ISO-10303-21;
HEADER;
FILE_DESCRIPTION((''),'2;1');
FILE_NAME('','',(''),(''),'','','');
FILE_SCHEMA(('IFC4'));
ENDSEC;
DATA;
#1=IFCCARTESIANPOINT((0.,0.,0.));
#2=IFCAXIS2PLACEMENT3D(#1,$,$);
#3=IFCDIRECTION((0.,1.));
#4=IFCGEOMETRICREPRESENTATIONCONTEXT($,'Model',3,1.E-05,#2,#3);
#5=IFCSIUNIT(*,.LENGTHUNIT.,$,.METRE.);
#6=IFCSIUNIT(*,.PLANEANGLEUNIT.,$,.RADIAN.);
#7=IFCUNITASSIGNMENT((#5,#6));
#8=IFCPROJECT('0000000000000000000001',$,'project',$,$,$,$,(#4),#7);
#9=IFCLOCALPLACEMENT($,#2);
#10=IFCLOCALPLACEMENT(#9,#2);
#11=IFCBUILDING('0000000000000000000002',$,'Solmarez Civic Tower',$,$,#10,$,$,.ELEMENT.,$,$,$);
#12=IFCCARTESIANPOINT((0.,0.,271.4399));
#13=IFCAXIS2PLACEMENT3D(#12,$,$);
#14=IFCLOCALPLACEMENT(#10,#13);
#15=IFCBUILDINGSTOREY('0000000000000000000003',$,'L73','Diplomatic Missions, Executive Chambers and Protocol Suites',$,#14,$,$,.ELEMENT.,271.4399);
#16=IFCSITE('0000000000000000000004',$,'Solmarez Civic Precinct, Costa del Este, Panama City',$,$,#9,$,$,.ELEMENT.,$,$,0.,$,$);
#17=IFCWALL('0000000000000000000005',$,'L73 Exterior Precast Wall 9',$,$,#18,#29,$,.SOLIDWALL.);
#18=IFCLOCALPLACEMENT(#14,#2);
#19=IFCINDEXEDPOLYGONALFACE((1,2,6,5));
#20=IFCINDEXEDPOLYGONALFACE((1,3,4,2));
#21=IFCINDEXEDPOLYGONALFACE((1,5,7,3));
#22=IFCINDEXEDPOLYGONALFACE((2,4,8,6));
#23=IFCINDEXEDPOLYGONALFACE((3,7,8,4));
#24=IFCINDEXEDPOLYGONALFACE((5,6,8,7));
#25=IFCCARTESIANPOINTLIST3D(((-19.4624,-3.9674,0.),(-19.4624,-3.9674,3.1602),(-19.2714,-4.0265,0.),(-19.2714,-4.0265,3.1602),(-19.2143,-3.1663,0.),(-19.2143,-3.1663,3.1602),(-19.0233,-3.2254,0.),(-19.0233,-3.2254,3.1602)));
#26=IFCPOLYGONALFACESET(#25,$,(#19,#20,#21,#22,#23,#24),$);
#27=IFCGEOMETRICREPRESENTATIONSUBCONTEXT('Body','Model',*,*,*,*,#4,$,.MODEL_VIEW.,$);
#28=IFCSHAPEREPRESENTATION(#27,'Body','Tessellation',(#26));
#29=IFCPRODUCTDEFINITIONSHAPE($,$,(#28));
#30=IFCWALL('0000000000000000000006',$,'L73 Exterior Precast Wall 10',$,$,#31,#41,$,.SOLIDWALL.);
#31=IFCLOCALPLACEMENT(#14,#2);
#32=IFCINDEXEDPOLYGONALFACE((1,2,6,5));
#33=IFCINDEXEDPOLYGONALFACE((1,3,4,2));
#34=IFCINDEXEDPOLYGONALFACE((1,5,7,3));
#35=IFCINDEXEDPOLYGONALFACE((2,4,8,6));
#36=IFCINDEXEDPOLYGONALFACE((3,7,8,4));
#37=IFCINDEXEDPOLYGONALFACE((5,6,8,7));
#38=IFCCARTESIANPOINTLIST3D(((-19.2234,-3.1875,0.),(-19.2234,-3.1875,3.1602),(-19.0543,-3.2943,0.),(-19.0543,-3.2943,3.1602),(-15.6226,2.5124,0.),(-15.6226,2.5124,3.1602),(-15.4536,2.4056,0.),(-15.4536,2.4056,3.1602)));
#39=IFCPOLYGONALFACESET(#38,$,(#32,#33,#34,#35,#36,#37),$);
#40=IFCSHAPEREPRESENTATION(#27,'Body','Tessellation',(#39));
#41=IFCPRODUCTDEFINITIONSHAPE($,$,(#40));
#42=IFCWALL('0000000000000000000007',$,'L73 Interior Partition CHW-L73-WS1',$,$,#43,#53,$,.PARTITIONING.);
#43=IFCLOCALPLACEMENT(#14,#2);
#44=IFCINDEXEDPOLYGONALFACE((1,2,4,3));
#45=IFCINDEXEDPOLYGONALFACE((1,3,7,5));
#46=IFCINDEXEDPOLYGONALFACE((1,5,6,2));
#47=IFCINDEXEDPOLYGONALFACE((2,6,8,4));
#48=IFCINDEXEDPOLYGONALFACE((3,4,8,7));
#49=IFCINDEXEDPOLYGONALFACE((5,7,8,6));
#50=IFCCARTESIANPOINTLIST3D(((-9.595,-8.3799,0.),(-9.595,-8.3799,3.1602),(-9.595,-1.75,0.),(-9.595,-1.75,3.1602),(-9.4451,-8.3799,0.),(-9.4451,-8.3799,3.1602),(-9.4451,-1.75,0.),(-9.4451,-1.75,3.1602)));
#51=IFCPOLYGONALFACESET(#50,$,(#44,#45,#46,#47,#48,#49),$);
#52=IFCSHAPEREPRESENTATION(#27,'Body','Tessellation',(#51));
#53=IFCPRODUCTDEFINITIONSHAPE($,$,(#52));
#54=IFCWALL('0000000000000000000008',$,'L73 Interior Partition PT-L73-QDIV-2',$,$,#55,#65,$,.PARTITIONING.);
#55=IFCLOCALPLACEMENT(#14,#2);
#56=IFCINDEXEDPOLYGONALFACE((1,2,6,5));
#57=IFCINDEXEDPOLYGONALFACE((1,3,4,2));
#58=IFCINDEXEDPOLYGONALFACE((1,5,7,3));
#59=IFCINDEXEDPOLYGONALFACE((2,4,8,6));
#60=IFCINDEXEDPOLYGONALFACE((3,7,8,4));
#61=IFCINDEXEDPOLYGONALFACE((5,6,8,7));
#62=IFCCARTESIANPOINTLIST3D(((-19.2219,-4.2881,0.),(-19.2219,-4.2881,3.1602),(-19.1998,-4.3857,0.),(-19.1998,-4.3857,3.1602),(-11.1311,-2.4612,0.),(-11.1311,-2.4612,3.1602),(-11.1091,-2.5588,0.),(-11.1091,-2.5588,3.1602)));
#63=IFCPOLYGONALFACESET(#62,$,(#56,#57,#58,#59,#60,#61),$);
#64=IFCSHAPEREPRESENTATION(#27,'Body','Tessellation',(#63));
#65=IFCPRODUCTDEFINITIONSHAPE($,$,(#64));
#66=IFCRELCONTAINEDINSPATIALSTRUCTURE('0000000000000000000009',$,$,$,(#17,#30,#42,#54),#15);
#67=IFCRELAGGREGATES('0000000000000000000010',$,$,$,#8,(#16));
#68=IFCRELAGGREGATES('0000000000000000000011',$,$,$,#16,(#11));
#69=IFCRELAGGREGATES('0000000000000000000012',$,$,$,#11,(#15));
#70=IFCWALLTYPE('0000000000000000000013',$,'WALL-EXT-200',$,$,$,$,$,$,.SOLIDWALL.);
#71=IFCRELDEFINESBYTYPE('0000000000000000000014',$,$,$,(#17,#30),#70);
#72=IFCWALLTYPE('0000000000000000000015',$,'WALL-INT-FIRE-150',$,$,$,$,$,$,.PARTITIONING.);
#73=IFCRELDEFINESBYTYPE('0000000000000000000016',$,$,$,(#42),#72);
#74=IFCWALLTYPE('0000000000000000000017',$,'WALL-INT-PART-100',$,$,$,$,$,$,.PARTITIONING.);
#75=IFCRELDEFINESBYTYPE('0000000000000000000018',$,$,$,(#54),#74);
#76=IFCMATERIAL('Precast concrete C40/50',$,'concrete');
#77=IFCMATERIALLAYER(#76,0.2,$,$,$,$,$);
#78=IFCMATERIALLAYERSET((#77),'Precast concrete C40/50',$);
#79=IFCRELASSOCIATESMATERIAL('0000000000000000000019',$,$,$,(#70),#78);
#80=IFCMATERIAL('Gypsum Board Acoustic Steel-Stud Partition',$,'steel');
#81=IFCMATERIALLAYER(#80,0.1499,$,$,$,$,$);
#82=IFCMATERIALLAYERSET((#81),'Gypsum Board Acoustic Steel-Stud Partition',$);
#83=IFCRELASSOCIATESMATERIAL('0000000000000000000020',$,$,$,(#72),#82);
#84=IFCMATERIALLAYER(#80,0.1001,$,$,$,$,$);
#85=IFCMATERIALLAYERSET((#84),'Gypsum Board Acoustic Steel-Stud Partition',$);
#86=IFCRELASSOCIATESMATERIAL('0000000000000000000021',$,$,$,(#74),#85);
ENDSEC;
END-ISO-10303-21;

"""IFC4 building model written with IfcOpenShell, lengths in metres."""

from ifc_helpers import new_model, si_unit, direction, frame, frame_2d, origin, place, context, subcontext, project, spatial, rectangle, extrude, material, layer, layer_set, type_object, element, save


model = new_model("IFC4")

# Units and contexts
model_context = context("Model", 3, precision=1e-05, world=origin(), true_north=direction((0.0, 1.0)))
body_context = subcontext(model_context, "Body", "Model", "MODEL_VIEW")
ifc_project = project(units=[si_unit("LENGTHUNIT", "METRE"), si_unit("PLANEANGLEUNIT", "RADIAN")], contexts=[model_context])

# Site, building, storey
site_placement = place(None, origin())
site = spatial("IfcSite", under=ifc_project, at=site_placement, Name="Solmarez Civic Precinct, Costa del Este, Panama City", CompositionType="ELEMENT", RefElevation=0.0)
building_placement = place(site_placement, origin())
building = spatial("IfcBuilding", under=site, at=building_placement, Name="Solmarez Civic Tower", CompositionType="ELEMENT")
storey_placement = place(building_placement, frame((0.0, 0.0, 271.4399)))
storey = spatial("IfcBuildingStorey", under=building, at=storey_placement, Name="L73", Description="Diplomatic Missions, Executive Chambers and Protocol Suites", CompositionType="ELEMENT", Elevation=271.4399)

# Walls
ifc_material_1 = material(Name="Precast concrete C40/50", Category="concrete")
ifc_layer_1 = layer(ifc_material_1, 0.2)
ifc_layer_set_1 = layer_set([ifc_layer_1], Name="Precast concrete C40/50")
wall_type_1 = type_object("IfcWallType", Name="WALL-EXT-200", PredefinedType="SOLIDWALL", material=ifc_layer_set_1)
wall_1_placement = place(storey_placement, frame((-19.3669, -3.9971, 0.0), z_axis=(0.0, 0.0, 1.0), x_axis=(0.295804, 0.955249, 0.0)))
element("IfcWall", 1, at=wall_1_placement, inside=storey, type_object=wall_type_1, Name="L73 Exterior Precast Wall 9", PredefinedType="SOLIDWALL", context=body_context, shape_type="SweptSolid", body=[
    extrude(rectangle(XDim=0.8386, YDim=0.2, at=frame_2d((0.4194, 0.0))), origin(), (0.0, 0.0, 1.0), 3.1602),
])
wall_2_placement = place(storey_placement, frame((-19.1389, -3.241, 0.0), z_axis=(0.0, 0.0, 1.0), x_axis=(0.534084, 0.845431, 0.0)))
element("IfcWall", 2, at=wall_2_placement, inside=storey, type_object=wall_type_1, Name="L73 Exterior Precast Wall 10", PredefinedType="SOLIDWALL", context=body_context, shape_type="SweptSolid", body=[
    extrude(rectangle(XDim=6.7419, YDim=0.2, at=frame_2d((3.3711, 0.0))), origin(), (0.0, 0.0, 1.0), 3.1602),
])
ifc_material_2 = material(Name="Gypsum Board Acoustic Steel-Stud Partition", Category="steel")
ifc_layer_2 = layer(ifc_material_2, 0.1499)
ifc_layer_set_2 = layer_set([ifc_layer_2], Name="Gypsum Board Acoustic Steel-Stud Partition")
wall_type_2 = type_object("IfcWallType", Name="WALL-INT-FIRE-150", PredefinedType="PARTITIONING", material=ifc_layer_set_2)
wall_3_placement = place(storey_placement, frame((-9.52, -8.3799, 0.0), z_axis=(0.0, 0.0, 1.0), x_axis=(0.0, 1.0, 0.0)))
element("IfcWall", 3, at=wall_3_placement, inside=storey, type_object=wall_type_2, Name="L73 Interior Partition CHW-L73-WS1", PredefinedType="PARTITIONING", context=body_context, shape_type="SweptSolid", body=[
    extrude(rectangle(XDim=6.6299, YDim=0.1499, at=frame_2d((3.3149, 0.0))), origin(), (0.0, 0.0, 1.0), 3.1602),
])
ifc_layer_3 = layer(ifc_material_2, 0.1001)
ifc_layer_set_3 = layer_set([ifc_layer_3], Name="Gypsum Board Acoustic Steel-Stud Partition")
wall_type_3 = type_object("IfcWallType", Name="WALL-INT-PART-100", PredefinedType="PARTITIONING", material=ifc_layer_set_3)
wall_4_placement = place(storey_placement, frame((-11.1201, -2.51, 0.0), z_axis=(0.0, 0.0, 1.0), x_axis=(-0.975442, -0.220255, 0.0)))
element("IfcWall", 4, at=wall_4_placement, inside=storey, type_object=wall_type_3, Name="L73 Interior Partition PT-L73-QDIV-2", PredefinedType="PARTITIONING", context=body_context, shape_type="SweptSolid", body=[
    extrude(rectangle(XDim=8.2944, YDim=0.1001, at=frame_2d((4.1472, 0.0))), origin(), (0.0, 0.0, 1.0), 3.1602),
])

save(model, "model.ifc")
